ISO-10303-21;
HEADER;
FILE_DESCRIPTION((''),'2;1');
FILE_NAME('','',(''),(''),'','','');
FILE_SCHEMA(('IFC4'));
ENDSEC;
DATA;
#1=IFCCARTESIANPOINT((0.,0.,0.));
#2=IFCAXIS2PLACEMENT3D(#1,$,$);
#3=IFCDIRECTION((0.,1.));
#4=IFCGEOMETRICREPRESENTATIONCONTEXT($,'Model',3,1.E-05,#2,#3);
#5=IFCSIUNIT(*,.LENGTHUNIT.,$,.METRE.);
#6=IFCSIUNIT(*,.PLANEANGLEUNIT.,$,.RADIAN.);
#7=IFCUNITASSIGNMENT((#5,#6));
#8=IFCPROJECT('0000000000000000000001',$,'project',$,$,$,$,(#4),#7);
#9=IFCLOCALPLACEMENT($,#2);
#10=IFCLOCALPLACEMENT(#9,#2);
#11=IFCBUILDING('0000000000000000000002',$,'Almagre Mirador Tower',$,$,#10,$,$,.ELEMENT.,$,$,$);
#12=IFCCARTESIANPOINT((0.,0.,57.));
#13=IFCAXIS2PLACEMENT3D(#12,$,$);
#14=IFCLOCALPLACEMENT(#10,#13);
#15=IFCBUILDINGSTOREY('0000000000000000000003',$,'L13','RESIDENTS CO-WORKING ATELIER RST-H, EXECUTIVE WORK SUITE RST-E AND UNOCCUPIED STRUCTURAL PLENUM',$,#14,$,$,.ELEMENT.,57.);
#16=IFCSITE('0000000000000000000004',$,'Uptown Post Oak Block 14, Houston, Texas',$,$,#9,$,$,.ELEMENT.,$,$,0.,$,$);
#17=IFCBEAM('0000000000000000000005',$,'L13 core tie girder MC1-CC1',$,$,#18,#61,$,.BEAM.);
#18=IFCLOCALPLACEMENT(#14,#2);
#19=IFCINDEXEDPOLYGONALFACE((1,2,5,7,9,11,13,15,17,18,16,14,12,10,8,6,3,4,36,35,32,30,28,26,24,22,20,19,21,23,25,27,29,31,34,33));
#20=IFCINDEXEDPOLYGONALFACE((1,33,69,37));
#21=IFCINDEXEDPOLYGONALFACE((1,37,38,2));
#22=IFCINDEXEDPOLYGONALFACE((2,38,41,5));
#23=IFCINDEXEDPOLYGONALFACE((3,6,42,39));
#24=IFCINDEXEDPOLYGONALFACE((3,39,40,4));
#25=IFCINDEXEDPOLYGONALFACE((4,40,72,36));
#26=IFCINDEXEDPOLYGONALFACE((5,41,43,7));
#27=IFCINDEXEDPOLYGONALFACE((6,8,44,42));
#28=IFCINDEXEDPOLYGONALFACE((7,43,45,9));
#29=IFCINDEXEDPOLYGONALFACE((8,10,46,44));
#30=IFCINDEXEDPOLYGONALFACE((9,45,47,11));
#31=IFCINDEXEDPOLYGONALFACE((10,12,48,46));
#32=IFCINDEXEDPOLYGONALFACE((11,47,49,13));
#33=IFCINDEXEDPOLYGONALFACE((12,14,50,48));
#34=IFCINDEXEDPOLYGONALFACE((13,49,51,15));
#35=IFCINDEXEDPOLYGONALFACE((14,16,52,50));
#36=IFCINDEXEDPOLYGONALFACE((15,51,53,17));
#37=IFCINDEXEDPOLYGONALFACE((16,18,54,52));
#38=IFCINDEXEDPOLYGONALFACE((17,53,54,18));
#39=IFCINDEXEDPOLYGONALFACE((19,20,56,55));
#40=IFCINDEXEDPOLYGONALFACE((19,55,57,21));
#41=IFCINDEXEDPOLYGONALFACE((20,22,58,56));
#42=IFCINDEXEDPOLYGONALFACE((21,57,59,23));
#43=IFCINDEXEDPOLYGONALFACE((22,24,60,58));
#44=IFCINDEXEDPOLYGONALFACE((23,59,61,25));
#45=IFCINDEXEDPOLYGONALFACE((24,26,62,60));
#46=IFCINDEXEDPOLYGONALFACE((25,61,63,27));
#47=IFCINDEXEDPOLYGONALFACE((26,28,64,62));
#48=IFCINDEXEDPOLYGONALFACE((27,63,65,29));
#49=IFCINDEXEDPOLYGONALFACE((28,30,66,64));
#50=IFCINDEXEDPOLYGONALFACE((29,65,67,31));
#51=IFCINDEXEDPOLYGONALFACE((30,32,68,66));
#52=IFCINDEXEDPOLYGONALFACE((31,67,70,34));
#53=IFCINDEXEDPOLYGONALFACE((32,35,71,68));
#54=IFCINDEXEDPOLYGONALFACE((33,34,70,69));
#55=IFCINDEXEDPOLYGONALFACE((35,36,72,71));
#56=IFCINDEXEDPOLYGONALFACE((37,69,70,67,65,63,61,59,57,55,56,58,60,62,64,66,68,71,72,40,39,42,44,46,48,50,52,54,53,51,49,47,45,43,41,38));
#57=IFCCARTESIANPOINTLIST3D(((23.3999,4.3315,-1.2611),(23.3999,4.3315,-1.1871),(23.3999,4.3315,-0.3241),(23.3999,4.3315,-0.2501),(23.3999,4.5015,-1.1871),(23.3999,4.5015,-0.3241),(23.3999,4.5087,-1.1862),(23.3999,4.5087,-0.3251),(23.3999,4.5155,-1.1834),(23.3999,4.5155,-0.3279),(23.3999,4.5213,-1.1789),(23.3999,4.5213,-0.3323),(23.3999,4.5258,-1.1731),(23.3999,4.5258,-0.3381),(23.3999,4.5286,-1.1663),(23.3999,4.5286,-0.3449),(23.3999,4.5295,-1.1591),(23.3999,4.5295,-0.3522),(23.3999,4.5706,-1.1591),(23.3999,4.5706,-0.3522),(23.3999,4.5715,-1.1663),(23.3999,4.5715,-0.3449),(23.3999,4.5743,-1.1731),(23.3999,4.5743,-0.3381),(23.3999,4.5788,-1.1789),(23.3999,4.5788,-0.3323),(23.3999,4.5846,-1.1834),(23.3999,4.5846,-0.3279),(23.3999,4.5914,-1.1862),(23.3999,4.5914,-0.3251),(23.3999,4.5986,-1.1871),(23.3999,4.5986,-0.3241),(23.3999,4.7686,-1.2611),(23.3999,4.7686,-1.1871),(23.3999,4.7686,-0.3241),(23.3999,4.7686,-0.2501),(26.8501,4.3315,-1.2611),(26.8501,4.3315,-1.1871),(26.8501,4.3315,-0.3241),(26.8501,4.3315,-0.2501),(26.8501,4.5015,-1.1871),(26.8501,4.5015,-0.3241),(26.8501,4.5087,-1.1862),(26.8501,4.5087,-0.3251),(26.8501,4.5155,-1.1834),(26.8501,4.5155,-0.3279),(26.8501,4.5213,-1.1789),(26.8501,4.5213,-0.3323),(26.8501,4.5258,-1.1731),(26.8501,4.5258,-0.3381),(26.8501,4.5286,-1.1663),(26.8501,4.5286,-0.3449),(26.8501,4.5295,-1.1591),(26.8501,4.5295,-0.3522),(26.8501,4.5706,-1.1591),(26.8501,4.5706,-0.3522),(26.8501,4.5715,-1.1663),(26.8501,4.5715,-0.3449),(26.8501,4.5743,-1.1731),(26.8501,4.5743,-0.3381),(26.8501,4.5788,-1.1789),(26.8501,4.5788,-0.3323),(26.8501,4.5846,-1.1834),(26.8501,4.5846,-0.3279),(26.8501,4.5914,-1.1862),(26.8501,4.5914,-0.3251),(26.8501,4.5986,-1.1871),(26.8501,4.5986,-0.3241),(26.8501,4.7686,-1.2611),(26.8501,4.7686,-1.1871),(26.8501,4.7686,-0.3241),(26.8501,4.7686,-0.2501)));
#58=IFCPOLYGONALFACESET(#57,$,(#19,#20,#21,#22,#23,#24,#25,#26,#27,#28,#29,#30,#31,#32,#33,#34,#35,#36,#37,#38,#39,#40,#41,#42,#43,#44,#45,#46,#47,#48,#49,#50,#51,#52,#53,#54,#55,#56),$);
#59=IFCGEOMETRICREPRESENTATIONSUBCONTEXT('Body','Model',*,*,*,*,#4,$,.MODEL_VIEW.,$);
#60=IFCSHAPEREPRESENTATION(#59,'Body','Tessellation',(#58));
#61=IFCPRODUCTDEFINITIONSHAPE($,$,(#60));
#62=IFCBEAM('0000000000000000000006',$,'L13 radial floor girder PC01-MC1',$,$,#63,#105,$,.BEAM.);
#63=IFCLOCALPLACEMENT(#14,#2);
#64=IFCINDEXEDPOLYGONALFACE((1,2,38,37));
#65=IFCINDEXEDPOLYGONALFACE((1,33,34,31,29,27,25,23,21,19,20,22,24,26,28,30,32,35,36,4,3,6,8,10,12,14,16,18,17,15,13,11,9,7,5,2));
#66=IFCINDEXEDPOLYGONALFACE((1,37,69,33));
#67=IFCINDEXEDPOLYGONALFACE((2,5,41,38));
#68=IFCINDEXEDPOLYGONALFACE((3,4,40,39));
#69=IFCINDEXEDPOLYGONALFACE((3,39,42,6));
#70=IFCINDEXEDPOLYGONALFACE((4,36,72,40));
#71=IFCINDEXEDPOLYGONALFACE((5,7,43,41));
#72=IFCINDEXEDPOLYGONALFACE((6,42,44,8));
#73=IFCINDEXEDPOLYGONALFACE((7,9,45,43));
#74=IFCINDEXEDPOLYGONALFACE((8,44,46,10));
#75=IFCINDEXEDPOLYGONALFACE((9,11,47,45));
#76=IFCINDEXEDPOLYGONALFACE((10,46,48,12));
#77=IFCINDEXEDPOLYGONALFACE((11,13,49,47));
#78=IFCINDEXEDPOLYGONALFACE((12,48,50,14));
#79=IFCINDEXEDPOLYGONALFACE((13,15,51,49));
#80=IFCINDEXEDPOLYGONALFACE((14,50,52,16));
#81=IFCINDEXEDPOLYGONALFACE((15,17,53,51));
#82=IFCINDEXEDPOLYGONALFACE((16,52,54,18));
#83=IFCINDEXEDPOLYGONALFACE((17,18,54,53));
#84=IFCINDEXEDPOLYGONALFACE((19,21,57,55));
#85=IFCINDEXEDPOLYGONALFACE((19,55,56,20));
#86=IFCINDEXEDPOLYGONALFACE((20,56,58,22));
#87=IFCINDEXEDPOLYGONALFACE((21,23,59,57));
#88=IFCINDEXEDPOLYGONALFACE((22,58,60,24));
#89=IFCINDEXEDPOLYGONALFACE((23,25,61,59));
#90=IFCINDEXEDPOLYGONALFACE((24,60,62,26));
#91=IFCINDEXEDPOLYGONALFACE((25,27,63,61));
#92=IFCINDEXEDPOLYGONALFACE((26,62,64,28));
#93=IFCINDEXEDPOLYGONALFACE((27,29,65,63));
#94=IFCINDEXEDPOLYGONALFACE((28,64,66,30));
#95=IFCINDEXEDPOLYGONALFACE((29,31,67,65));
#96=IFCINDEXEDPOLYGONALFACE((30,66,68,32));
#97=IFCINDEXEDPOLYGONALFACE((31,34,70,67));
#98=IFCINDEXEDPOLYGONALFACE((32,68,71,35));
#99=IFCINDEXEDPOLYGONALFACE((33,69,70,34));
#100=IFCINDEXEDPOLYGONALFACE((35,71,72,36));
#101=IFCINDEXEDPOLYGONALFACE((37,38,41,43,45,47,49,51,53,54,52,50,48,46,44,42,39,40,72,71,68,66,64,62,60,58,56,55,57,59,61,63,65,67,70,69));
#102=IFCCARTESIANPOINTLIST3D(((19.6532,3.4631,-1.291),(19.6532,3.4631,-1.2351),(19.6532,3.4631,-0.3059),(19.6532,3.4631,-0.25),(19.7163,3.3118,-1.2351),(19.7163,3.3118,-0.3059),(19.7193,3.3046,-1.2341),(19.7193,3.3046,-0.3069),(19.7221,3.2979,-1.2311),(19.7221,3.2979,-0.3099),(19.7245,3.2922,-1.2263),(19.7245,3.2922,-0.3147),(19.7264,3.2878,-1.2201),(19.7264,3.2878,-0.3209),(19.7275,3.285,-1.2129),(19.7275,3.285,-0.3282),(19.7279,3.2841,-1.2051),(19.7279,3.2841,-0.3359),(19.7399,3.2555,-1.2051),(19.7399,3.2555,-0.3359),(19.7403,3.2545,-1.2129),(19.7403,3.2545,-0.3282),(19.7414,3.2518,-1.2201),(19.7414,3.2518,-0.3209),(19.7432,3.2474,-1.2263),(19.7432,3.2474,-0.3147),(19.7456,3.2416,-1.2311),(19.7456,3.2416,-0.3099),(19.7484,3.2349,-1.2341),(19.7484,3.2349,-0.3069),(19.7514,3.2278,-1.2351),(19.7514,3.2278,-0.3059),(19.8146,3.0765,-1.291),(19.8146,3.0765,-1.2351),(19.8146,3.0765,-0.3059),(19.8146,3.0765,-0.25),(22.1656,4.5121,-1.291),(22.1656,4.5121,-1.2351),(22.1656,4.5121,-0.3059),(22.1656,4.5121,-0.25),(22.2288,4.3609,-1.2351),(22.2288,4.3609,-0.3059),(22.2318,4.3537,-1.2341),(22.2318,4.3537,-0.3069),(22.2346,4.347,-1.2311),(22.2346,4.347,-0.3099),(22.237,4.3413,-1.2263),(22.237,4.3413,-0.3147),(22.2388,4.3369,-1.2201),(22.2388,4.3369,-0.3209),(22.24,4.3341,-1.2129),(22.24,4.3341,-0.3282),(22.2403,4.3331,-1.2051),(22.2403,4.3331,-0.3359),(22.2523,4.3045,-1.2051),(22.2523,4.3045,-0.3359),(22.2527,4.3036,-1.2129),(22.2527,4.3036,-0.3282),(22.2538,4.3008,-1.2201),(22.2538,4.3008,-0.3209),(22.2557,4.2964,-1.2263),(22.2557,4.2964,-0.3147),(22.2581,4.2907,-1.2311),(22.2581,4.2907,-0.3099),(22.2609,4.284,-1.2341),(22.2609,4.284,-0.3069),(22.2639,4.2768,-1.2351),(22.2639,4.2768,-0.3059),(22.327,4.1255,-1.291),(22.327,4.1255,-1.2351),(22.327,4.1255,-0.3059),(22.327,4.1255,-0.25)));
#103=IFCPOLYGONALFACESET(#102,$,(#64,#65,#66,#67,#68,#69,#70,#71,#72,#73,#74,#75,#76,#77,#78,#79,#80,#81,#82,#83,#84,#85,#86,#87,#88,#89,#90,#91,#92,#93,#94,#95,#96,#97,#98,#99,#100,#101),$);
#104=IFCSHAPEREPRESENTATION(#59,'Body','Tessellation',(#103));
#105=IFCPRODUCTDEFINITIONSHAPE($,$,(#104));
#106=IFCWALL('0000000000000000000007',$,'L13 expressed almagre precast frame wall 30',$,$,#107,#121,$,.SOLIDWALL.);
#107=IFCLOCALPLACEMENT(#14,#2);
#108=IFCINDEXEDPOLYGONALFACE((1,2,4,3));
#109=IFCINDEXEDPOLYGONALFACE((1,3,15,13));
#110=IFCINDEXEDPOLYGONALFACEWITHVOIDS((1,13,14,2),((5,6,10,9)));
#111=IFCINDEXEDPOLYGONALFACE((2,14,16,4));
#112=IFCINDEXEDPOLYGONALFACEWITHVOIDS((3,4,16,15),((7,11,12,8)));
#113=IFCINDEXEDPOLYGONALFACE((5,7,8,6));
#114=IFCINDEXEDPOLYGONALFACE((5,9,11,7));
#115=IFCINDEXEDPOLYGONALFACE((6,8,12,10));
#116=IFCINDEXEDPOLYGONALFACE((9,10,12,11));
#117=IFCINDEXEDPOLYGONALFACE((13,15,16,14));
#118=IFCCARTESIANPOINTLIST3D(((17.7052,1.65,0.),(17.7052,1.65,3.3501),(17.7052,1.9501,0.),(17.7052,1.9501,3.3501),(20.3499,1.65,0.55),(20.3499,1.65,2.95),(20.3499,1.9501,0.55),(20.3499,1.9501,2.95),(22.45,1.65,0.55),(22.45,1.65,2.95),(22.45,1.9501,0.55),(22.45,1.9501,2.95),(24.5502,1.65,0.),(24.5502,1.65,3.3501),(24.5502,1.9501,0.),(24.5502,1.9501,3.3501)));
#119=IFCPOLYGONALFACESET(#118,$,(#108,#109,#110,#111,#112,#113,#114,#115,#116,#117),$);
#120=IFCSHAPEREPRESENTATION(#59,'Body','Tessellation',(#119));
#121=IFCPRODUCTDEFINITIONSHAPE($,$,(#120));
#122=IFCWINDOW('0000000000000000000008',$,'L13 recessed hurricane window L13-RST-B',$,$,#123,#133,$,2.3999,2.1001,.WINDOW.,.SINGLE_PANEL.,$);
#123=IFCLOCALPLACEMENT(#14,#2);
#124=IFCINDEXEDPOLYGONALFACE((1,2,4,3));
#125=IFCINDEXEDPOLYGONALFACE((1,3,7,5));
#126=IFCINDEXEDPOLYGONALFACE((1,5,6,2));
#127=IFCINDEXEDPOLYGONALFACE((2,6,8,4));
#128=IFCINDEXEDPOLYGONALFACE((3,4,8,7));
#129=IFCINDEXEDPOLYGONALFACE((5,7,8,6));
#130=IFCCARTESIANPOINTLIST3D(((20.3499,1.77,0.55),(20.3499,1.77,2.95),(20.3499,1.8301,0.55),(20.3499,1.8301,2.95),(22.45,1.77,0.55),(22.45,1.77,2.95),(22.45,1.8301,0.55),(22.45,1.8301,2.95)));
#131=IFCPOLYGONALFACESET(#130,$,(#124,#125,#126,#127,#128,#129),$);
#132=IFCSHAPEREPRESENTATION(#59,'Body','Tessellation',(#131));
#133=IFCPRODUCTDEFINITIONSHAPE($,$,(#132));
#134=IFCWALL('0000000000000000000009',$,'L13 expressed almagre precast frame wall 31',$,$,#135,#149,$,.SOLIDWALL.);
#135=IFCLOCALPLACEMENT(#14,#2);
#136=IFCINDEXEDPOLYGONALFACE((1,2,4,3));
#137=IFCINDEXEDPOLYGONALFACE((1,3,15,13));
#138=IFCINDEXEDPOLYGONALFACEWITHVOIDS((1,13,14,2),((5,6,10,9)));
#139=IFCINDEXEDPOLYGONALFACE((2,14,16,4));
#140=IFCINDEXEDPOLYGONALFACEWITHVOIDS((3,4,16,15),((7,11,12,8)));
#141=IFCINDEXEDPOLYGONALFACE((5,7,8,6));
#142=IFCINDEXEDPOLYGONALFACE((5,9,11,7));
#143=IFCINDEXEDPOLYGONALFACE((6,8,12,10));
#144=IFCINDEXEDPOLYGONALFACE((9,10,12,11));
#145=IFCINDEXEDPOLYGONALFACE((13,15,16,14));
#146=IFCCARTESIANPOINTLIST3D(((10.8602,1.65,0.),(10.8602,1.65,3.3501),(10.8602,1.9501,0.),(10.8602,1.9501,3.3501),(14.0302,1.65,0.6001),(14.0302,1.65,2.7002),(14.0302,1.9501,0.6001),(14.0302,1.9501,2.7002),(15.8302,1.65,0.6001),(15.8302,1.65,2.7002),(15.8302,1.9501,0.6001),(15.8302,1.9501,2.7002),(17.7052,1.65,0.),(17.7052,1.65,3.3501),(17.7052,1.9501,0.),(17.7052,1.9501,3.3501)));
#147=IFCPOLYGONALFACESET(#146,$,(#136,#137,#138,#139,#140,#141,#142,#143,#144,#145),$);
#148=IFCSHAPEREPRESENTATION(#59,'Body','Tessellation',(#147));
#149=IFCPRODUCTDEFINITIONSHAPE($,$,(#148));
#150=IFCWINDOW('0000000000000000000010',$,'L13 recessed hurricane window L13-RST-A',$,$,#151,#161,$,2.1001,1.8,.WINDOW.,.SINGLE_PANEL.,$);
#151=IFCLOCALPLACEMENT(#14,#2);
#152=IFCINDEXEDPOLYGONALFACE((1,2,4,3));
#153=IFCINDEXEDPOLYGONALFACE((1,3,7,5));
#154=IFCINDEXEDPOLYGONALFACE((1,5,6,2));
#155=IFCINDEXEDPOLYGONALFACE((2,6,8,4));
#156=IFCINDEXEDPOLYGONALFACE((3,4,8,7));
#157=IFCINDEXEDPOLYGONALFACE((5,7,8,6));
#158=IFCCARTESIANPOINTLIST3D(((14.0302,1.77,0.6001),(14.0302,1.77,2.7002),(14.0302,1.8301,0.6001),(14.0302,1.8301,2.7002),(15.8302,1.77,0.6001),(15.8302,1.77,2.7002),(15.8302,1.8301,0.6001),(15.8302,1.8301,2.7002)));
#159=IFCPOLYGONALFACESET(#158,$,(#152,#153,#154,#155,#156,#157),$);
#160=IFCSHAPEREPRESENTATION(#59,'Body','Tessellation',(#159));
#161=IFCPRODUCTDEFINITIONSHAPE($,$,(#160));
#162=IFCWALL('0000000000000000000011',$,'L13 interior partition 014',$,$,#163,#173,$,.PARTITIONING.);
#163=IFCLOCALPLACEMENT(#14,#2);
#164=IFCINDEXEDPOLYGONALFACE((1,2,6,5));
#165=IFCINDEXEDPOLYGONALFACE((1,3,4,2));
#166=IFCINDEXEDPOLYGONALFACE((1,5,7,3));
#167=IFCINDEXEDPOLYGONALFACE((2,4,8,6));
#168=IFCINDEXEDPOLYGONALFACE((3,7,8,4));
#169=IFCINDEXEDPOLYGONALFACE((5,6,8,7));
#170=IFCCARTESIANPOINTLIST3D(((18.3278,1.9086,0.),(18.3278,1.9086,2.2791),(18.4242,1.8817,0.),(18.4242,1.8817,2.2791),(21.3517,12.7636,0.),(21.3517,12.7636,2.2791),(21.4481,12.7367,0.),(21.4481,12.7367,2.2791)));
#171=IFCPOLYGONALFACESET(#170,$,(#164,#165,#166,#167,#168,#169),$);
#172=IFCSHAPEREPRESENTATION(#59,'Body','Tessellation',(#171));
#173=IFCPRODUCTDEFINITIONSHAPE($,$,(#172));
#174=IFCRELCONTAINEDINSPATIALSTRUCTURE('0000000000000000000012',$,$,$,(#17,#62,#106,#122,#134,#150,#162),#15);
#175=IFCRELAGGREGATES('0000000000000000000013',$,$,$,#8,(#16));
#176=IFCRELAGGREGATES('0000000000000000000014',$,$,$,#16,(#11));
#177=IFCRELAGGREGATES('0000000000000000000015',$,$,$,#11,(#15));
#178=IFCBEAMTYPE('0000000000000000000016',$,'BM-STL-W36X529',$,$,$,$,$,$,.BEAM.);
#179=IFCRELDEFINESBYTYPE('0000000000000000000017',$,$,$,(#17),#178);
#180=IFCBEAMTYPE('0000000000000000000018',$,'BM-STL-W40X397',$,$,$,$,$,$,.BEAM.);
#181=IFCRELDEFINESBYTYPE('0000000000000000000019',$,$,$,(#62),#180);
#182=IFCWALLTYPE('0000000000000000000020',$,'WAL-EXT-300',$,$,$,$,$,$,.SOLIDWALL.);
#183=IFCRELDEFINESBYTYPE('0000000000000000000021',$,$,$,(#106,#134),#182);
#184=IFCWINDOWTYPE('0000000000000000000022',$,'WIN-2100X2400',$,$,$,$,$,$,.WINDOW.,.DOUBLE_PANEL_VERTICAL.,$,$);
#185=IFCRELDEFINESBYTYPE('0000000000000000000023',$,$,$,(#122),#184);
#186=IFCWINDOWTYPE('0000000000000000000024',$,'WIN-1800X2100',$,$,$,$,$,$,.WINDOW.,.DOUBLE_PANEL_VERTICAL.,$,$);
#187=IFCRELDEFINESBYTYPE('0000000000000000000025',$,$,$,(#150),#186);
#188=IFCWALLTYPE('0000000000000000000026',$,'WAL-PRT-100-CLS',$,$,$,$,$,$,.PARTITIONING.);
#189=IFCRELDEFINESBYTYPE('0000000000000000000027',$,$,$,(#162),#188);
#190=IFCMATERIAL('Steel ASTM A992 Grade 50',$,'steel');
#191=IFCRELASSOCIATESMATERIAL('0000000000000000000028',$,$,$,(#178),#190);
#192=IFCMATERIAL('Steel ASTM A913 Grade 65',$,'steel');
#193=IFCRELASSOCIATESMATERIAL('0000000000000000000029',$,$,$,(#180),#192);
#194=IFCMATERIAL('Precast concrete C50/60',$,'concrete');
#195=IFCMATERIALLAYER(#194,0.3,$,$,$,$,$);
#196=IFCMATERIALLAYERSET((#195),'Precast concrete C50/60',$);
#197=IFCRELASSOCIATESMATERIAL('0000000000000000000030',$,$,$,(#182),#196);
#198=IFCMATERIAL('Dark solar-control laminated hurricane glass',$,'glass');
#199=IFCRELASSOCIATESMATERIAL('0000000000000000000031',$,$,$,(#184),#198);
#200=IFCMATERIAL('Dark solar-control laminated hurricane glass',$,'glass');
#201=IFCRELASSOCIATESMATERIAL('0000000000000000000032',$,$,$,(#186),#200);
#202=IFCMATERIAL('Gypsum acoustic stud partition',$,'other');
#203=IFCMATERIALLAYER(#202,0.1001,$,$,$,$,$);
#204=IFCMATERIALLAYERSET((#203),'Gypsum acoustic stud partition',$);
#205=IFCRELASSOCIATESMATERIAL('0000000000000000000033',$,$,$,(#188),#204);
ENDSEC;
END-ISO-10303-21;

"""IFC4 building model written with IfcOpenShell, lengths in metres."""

from ifc_helpers import new_model, si_unit, direction, frame, frame_2d, origin, origin_2d, place, context, subcontext, project, spatial, rectangle, i_section, extrude, material, layer, layer_set, material_profile, profile_set, type_object, element, fill, save


model = new_model("IFC4")

# Units and contexts
model_context = context("Model", 3, precision=1e-05, world=origin(), true_north=direction((0.0, 1.0)))
body_context = subcontext(model_context, "Body", "Model", "MODEL_VIEW")
ifc_project = project(units=[si_unit("LENGTHUNIT", "METRE"), si_unit("PLANEANGLEUNIT", "RADIAN")], contexts=[model_context])

# Site, building, storey
site_placement = place(None, origin())
site = spatial("IfcSite", under=ifc_project, at=site_placement, Name="Uptown Post Oak Block 14, Houston, Texas", CompositionType="ELEMENT", RefElevation=0.0)
building_placement = place(site_placement, origin())
building = spatial("IfcBuilding", under=site, at=building_placement, Name="Almagre Mirador Tower", CompositionType="ELEMENT")
storey_placement = place(building_placement, frame((0.0, 0.0, 57.0)))
storey = spatial("IfcBuildingStorey", under=building, at=storey_placement, Name="L13", Description="RESIDENTS CO-WORKING ATELIER RST-H, EXECUTIVE WORK SUITE RST-E AND UNOCCUPIED STRUCTURAL PLENUM", CompositionType="ELEMENT", Elevation=57.0)

# Beams
ifc_material_1 = material(Name="Steel ASTM A992 Grade 50", Category="steel")
ifc_material_profile_1 = material_profile(ifc_material_1, i_section(OverallWidth=0.437, OverallDepth=1.011, WebThickness=0.041, FlangeThickness=0.074, FilletRadius=0.0281, at=origin_2d()), Name="W36X529")
ifc_profile_set_1 = profile_set([ifc_material_profile_1], Name="Steel ASTM A992 Grade 50")
beam_type_1 = type_object("IfcBeamType", Name="BM-STL-W36X529", PredefinedType="BEAM", material=ifc_profile_set_1)
beam_1_placement = place(storey_placement, frame((23.3999, 4.55, -0.7556), z_axis=(1.0, 0.0, 0.0), x_axis=(0.0, 1.0, 0.0)))
element("IfcBeam", 1, at=beam_1_placement, inside=storey, type_object=beam_type_1, Name="L13 core tie girder MC1-CC1", PredefinedType="BEAM", context=body_context, shape_type="SweptSolid", body=[
    extrude(i_section(OverallWidth=0.437, OverallDepth=1.011, WebThickness=0.041, FlangeThickness=0.074, FilletRadius=0.0281, at=origin_2d()), origin(), (0.0, 0.0, 1.0), 3.4502),
])
ifc_material_2 = material(Name="Steel ASTM A913 Grade 65", Category="steel")
ifc_material_profile_2 = material_profile(ifc_material_2, i_section(OverallWidth=0.4189, OverallDepth=1.041, WebThickness=0.031, FlangeThickness=0.0559, FilletRadius=0.03, at=origin_2d()), Name="W40X397")
ifc_profile_set_2 = profile_set([ifc_material_profile_2], Name="Steel ASTM A913 Grade 65")
beam_type_2 = type_object("IfcBeamType", Name="BM-STL-W40X397", PredefinedType="BEAM", material=ifc_profile_set_2)
beam_2_placement = place(storey_placement, frame((19.7339, 3.2698, -0.7705), z_axis=(0.922787, 0.385309, 0.0), x_axis=(-0.385309, 0.922787, 0.0)))
element("IfcBeam", 2, at=beam_2_placement, inside=storey, type_object=beam_type_2, Name="L13 radial floor girder PC01-MC1", PredefinedType="BEAM", context=body_context, shape_type="SweptSolid", body=[
    extrude(i_section(OverallWidth=0.4189, OverallDepth=1.041, WebThickness=0.031, FlangeThickness=0.0559, FilletRadius=0.03, at=origin_2d()), origin(), (0.0, 0.0, 1.0), 2.7227),
])

# Walls, openings, windows
ifc_material_3 = material(Name="Precast concrete C50/60", Category="concrete")
ifc_layer_1 = layer(ifc_material_3, 0.3)
ifc_layer_set_1 = layer_set([ifc_layer_1], Name="Precast concrete C50/60")
wall_type_1 = type_object("IfcWallType", Name="WAL-EXT-300", PredefinedType="SOLIDWALL", material=ifc_layer_set_1)
wall_1_placement = place(storey_placement, frame((24.55, 1.8, 0.0), z_axis=(0.0, 0.0, 1.0), x_axis=(-1.0, 0.0, 0.0)))
wall_1 = element("IfcWall", 3, at=wall_1_placement, inside=storey, type_object=wall_type_1, Name="L13 expressed almagre precast frame wall 30", PredefinedType="SOLIDWALL", context=body_context, shape_type="SweptSolid", body=[
    extrude(rectangle(XDim=6.845, YDim=0.3, at=frame_2d((3.4224, 0.0))), origin(), (0.0, 0.0, 1.0), 3.3501),
])
opening_1_placement = place(wall_1_placement, frame((2.1001, 0.0, 0.55)))
opening_1 = element("IfcOpeningElement", 4, at=opening_1_placement, cuts=wall_1, PredefinedType="OPENING", context=body_context, shape_type="SweptSolid", body=[
    extrude(rectangle(XDim=2.1001, YDim=2.3999, at=frame_2d((1.05, 1.2))), frame((0.0, 0.1599, 0.0), z_axis=(0.0, -1.0, 0.0), x_axis=(1.0, 0.0, 0.0)), (0.0, 0.0, 1.0), 0.32),
])
ifc_material_4 = material(Name="Dark solar-control laminated hurricane glass", Category="glass")
window_type_1 = type_object("IfcWindowType", Name="WIN-2100X2400", PartitioningType="DOUBLE_PANEL_VERTICAL", PredefinedType="WINDOW", material=ifc_material_4)
window_1_placement = place(opening_1_placement, origin())
window_1 = element("IfcWindow", 5, at=window_1_placement, inside=storey, type_object=window_type_1, Name="L13 recessed hurricane window L13-RST-B", OverallHeight=2.3999, OverallWidth=2.1001, PartitioningType="SINGLE_PANEL", PredefinedType="WINDOW", context=body_context, shape_type="SweptSolid", body=[
    extrude(rectangle(XDim=2.1001, YDim=2.3999, at=frame_2d((1.05, 1.2))), frame((0.0, 0.03, 0.0), z_axis=(0.0, -1.0, 0.0), x_axis=(1.0, 0.0, 0.0)), (0.0, 0.0, 1.0), 0.0601),
])
fill(opening_1, window_1)
wall_2_placement = place(storey_placement, frame((17.7051, 1.8, 0.0), z_axis=(0.0, 0.0, 1.0), x_axis=(-1.0, 0.0, 0.0)))
wall_2 = element("IfcWall", 6, at=wall_2_placement, inside=storey, type_object=wall_type_1, Name="L13 expressed almagre precast frame wall 31", PredefinedType="SOLIDWALL", context=body_context, shape_type="SweptSolid", body=[
    extrude(rectangle(XDim=6.845, YDim=0.3, at=frame_2d((3.4224, 0.0))), origin(), (0.0, 0.0, 1.0), 3.3501),
])
opening_2_placement = place(wall_2_placement, frame((1.875, 0.0, 0.6001)))
opening_2 = element("IfcOpeningElement", 7, at=opening_2_placement, cuts=wall_2, PredefinedType="OPENING", context=body_context, shape_type="SweptSolid", body=[
    extrude(rectangle(XDim=1.8, YDim=2.1001, at=frame_2d((0.8999, 1.05))), frame((0.0, 0.1599, 0.0), z_axis=(0.0, -1.0, 0.0), x_axis=(1.0, 0.0, 0.0)), (0.0, 0.0, 1.0), 0.32),
])
ifc_material_5 = material(Name="Dark solar-control laminated hurricane glass", Category="glass")
window_type_2 = type_object("IfcWindowType", Name="WIN-1800X2100", PartitioningType="DOUBLE_PANEL_VERTICAL", PredefinedType="WINDOW", material=ifc_material_5)
window_2_placement = place(opening_2_placement, origin())
window_2 = element("IfcWindow", 8, at=window_2_placement, inside=storey, type_object=window_type_2, Name="L13 recessed hurricane window L13-RST-A", OverallHeight=2.1001, OverallWidth=1.8, PartitioningType="SINGLE_PANEL", PredefinedType="WINDOW", context=body_context, shape_type="SweptSolid", body=[
    extrude(rectangle(XDim=1.8, YDim=2.1001, at=frame_2d((0.8999, 1.05))), frame((0.0, 0.03, 0.0), z_axis=(0.0, -1.0, 0.0), x_axis=(1.0, 0.0, 0.0)), (0.0, 0.0, 1.0), 0.0601),
])
fill(opening_2, window_2)

# Wall
ifc_material_6 = material(Name="Gypsum acoustic stud partition", Category="other")
ifc_layer_2 = layer(ifc_material_6, 0.1001)
ifc_layer_set_2 = layer_set([ifc_layer_2], Name="Gypsum acoustic stud partition")
wall_type_2 = type_object("IfcWallType", Name="WAL-PRT-100-CLS", PredefinedType="PARTITIONING", material=ifc_layer_set_2)
wall_3_placement = place(storey_placement, frame((18.376, 1.895, 0.0), z_axis=(0.0, 0.0, 1.0), x_axis=(0.268357, 0.96332, 0.0)))
element("IfcWall", 9, at=wall_3_placement, inside=storey, type_object=wall_type_2, Name="L13 interior partition 014", PredefinedType="PARTITIONING", context=body_context, shape_type="SweptSolid", body=[
    extrude(rectangle(XDim=11.2683, YDim=0.1001, at=frame_2d((5.6343, 0.0))), origin(), (0.0, 0.0, 1.0), 2.2791),
])

save(model, "model.ifc")
